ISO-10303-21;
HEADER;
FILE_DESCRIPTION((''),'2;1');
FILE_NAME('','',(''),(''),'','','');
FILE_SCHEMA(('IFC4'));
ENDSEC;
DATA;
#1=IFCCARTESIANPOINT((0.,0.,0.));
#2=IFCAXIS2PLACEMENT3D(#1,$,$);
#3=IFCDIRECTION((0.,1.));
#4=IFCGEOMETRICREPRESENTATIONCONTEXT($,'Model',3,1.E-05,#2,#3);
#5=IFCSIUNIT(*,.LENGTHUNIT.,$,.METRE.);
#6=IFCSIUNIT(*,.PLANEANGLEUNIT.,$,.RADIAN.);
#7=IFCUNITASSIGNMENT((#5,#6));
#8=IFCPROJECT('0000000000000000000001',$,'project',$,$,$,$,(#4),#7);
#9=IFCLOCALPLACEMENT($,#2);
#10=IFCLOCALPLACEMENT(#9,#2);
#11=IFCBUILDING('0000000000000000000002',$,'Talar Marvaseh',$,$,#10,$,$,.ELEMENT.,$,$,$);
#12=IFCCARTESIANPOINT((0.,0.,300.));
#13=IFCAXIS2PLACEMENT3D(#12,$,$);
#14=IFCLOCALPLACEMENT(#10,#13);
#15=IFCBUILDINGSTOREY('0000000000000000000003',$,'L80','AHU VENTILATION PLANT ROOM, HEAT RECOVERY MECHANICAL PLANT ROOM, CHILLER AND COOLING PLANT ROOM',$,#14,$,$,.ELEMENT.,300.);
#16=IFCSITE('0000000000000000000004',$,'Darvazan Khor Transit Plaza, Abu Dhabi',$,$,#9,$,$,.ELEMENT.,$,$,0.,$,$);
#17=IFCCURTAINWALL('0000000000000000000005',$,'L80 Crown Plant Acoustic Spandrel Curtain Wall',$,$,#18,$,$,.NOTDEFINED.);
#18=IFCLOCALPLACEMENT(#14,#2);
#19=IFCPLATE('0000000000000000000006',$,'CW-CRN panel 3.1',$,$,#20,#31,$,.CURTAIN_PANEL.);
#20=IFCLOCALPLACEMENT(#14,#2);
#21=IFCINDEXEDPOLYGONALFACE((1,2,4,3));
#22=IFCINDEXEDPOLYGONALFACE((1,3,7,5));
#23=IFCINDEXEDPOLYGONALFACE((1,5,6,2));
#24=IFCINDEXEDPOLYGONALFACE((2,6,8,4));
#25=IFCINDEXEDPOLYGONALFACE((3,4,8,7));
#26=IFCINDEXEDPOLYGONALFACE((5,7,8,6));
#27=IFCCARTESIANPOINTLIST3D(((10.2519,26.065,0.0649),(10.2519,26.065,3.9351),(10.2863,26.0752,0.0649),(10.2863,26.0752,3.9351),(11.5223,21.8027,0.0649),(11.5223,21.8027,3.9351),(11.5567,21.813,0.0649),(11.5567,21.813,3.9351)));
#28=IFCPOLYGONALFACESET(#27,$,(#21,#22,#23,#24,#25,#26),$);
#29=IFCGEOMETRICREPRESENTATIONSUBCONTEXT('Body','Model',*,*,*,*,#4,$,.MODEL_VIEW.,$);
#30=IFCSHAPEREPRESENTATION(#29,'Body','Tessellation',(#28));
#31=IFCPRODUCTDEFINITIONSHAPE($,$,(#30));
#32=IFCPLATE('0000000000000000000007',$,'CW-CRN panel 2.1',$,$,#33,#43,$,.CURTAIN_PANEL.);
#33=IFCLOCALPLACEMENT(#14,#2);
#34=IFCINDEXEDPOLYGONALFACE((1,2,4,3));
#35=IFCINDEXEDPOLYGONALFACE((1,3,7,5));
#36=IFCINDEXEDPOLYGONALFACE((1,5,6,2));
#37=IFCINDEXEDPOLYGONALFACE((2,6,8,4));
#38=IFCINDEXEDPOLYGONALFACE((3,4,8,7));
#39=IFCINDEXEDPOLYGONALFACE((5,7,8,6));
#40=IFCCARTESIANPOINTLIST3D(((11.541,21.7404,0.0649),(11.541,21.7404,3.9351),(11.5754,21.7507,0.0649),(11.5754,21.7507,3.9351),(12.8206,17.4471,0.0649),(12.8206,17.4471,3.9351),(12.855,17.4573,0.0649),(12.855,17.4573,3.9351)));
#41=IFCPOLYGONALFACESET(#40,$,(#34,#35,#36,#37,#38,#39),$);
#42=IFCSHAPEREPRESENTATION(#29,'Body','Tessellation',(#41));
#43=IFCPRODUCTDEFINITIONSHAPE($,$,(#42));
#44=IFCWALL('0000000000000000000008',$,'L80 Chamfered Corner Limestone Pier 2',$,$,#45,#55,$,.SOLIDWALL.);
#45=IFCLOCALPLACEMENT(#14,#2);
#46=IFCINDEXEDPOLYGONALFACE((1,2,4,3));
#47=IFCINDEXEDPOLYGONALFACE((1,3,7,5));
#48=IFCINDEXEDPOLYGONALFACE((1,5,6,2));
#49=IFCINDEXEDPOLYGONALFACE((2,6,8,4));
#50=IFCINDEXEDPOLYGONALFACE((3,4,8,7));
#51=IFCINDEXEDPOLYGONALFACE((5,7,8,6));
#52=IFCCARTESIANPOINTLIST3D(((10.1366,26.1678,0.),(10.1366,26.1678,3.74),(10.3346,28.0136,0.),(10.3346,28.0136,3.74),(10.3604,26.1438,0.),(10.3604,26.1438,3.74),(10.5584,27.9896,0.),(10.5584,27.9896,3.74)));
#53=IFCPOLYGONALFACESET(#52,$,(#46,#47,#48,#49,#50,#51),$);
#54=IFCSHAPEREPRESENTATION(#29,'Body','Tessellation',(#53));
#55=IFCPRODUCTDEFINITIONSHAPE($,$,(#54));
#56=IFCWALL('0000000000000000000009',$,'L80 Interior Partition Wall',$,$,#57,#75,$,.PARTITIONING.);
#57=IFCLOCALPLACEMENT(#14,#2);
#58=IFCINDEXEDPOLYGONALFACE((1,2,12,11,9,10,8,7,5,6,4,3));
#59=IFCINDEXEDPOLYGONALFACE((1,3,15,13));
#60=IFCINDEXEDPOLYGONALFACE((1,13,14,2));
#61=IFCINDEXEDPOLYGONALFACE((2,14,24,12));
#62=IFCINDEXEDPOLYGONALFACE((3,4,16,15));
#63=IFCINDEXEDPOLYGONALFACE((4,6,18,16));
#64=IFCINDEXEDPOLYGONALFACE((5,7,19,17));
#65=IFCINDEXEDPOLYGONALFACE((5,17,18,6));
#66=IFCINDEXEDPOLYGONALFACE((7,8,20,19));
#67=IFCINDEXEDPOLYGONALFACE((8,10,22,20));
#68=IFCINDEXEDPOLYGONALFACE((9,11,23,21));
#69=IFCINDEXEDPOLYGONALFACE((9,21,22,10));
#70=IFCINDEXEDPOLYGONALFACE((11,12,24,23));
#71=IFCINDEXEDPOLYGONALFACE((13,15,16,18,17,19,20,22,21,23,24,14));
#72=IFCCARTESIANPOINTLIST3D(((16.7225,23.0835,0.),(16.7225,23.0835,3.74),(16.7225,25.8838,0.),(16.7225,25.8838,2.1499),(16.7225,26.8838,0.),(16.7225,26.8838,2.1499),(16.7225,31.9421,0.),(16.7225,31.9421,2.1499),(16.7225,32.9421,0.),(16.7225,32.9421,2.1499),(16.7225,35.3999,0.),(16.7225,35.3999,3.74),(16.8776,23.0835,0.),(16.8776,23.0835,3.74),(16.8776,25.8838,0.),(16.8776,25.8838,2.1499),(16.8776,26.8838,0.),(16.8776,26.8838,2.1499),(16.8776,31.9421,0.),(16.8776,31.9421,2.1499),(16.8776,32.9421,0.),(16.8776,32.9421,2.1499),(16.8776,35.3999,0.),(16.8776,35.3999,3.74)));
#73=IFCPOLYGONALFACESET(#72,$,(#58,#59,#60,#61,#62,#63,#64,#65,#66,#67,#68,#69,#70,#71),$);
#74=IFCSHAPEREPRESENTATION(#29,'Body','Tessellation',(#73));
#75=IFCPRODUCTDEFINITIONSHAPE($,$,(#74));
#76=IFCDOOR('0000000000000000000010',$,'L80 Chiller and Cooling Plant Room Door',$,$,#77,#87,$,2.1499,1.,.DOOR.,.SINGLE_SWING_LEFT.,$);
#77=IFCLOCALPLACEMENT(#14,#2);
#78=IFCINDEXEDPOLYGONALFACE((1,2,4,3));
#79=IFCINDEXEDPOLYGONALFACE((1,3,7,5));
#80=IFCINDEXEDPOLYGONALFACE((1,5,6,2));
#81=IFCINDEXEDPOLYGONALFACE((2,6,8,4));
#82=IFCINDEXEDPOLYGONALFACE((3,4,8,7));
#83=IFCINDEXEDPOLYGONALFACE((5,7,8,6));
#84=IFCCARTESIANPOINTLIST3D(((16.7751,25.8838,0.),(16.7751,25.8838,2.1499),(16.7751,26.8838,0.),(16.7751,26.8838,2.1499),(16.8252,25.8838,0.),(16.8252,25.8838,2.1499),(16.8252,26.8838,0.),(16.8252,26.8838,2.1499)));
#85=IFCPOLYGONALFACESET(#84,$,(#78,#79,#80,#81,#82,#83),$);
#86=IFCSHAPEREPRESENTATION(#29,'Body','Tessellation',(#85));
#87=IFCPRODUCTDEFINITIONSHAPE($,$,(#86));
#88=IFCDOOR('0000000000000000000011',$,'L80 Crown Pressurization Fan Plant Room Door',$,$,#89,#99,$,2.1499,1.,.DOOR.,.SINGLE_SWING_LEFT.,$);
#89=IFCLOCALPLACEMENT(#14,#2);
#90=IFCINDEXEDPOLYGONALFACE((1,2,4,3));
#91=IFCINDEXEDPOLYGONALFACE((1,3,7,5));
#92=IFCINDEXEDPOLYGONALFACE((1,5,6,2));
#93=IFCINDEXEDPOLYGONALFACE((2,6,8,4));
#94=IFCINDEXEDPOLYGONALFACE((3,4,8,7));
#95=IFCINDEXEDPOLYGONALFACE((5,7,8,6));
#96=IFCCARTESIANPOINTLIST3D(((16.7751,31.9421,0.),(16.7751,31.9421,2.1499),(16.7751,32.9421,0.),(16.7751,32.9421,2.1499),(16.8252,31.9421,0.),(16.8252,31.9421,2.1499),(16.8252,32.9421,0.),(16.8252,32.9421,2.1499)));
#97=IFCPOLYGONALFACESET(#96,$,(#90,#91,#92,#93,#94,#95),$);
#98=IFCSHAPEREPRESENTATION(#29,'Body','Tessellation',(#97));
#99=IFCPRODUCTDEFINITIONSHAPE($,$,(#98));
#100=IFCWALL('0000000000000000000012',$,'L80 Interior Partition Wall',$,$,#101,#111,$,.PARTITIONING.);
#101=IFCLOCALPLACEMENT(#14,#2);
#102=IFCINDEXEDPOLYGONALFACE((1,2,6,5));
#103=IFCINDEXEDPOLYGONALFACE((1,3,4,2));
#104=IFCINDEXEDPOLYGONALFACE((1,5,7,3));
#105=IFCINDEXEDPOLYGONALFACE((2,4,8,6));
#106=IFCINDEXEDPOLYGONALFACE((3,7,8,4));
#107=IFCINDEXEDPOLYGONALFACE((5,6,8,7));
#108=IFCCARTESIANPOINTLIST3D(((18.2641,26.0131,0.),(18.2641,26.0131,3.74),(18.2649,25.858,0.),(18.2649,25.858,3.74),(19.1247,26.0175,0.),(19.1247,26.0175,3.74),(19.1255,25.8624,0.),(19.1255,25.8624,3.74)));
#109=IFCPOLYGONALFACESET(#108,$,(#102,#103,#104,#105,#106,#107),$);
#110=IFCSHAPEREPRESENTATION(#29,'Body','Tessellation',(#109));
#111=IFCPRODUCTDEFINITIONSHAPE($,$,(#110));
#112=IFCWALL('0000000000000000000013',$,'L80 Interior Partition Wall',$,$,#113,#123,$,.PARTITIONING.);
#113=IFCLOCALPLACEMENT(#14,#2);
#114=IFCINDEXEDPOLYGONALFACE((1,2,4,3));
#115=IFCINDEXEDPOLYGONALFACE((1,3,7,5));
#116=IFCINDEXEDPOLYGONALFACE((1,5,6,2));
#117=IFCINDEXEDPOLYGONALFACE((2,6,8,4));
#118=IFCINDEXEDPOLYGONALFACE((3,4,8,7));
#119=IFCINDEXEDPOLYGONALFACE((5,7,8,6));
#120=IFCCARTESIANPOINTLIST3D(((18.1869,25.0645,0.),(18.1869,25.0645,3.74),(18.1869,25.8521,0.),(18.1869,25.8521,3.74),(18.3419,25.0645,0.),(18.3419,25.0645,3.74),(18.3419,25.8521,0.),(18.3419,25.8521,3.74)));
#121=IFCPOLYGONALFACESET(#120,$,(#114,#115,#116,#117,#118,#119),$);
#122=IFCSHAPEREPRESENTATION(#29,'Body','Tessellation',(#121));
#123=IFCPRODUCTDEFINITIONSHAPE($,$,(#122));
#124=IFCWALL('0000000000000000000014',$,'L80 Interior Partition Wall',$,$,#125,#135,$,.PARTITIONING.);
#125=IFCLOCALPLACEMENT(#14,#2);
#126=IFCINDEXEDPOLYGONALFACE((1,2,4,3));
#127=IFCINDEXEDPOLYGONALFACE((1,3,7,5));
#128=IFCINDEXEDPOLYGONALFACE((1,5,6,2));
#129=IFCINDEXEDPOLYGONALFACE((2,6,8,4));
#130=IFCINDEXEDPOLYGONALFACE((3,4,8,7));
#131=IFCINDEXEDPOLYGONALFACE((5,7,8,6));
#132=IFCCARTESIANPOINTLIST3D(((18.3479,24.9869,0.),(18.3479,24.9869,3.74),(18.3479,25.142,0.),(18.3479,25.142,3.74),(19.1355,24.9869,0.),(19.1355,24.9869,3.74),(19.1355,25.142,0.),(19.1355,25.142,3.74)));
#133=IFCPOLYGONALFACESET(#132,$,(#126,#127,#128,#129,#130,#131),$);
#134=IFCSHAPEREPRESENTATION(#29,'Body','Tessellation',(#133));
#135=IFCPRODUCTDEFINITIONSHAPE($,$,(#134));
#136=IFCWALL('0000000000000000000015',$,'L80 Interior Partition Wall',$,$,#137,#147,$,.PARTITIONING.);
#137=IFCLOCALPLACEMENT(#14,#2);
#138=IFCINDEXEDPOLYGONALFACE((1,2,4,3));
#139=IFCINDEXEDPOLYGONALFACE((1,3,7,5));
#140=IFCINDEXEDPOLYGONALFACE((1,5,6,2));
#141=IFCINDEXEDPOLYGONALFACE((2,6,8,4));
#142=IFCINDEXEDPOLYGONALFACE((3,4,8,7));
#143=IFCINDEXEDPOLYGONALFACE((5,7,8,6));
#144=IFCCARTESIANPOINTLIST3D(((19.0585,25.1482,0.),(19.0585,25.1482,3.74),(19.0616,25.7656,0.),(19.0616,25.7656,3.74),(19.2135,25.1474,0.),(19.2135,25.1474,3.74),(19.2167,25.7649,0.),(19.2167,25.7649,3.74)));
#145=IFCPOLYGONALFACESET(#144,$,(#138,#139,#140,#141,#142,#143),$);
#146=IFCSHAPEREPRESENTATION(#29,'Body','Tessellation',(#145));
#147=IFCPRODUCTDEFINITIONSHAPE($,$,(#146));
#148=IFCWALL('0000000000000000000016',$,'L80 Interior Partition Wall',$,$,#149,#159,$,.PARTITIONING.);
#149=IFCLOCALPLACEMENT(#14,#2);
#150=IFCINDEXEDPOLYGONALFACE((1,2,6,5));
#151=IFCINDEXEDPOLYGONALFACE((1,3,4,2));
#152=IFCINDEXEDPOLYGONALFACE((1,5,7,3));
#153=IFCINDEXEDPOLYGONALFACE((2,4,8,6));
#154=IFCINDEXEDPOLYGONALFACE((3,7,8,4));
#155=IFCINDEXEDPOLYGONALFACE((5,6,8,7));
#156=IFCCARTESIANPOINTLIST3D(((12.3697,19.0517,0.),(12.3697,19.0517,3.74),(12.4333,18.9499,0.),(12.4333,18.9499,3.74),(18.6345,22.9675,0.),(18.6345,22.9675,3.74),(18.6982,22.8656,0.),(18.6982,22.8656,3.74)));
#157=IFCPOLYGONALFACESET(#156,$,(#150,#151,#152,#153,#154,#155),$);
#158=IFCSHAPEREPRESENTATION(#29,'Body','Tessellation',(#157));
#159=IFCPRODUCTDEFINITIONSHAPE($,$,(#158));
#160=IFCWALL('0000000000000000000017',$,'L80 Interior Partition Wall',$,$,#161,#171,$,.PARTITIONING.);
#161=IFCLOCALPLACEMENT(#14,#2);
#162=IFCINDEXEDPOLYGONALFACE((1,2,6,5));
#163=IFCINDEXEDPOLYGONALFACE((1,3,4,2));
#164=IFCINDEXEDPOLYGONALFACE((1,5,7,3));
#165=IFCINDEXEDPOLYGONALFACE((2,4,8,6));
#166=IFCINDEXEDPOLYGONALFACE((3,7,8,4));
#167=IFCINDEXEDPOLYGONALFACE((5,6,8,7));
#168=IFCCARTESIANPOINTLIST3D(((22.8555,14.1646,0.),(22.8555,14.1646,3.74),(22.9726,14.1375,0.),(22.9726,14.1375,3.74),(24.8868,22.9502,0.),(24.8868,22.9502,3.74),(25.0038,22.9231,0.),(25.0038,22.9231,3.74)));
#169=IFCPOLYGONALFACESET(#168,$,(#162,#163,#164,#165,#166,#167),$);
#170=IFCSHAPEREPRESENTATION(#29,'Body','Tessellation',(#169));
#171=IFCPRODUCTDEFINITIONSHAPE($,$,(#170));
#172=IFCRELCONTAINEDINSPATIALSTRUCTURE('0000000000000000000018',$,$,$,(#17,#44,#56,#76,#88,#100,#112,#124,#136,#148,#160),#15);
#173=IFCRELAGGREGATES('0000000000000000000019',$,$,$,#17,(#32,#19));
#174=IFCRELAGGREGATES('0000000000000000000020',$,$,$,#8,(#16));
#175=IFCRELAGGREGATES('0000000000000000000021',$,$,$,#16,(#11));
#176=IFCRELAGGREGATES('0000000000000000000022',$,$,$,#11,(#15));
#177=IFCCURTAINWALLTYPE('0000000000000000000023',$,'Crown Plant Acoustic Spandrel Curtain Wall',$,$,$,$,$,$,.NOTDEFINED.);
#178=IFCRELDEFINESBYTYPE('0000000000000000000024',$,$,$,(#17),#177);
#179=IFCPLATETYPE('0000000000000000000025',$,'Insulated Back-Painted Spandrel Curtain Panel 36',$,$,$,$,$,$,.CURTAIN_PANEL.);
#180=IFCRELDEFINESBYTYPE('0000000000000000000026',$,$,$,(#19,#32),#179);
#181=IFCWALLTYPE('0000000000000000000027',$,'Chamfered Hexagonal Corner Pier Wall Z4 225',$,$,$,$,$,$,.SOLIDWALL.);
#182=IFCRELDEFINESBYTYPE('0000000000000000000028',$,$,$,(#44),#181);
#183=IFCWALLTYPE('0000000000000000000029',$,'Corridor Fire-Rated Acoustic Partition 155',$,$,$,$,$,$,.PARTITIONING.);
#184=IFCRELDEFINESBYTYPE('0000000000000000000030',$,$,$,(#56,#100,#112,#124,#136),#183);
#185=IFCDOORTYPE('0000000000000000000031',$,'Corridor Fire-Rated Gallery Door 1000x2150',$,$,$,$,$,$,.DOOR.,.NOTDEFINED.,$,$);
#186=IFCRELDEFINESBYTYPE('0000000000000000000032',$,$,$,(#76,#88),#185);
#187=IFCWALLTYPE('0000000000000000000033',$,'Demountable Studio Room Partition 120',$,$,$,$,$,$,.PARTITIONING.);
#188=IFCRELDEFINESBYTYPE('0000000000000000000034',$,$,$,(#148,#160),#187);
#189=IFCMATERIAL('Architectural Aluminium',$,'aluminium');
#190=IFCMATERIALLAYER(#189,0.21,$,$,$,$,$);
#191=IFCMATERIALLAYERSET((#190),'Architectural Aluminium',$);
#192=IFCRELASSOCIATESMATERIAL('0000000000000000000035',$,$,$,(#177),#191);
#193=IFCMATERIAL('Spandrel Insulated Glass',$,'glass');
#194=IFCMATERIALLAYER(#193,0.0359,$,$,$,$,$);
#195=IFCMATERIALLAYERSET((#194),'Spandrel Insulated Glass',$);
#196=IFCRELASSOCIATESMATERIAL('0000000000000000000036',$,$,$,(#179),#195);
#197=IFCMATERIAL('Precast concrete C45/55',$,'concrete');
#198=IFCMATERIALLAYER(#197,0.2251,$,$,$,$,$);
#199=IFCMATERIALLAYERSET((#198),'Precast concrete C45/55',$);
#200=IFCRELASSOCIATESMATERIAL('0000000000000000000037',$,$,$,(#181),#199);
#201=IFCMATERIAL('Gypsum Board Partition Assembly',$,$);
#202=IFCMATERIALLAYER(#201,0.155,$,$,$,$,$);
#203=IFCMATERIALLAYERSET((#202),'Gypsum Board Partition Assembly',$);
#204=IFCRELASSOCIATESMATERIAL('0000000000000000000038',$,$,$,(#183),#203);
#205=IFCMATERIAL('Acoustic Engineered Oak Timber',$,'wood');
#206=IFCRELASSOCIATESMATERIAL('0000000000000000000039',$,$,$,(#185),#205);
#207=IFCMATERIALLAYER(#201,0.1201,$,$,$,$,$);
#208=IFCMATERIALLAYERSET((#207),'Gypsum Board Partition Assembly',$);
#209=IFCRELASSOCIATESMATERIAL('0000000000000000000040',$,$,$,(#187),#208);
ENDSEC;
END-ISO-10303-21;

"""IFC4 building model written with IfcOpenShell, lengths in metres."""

from ifc_helpers import new_model, si_unit, direction, frame, frame_2d, origin, origin_2d, place, context, subcontext, project, spatial, rectangle, extrude, source, transform, mapped, material, layer, layer_set, type_object, type_shapes, element, fill, aggregate, save


model = new_model("IFC4")

# Units and contexts
model_context = context("Model", 3, precision=1e-05, world=origin(), true_north=direction((0.0, 1.0)))
body_context = subcontext(model_context, "Body", "Model", "MODEL_VIEW")
ifc_project = project(units=[si_unit("LENGTHUNIT", "METRE"), si_unit("PLANEANGLEUNIT", "RADIAN")], contexts=[model_context])

# Site, building, storey
site_placement = place(None, origin())
site = spatial("IfcSite", under=ifc_project, at=site_placement, Name="Darvazan Khor Transit Plaza, Abu Dhabi", CompositionType="ELEMENT", RefElevation=0.0)
building_placement = place(site_placement, origin())
building = spatial("IfcBuilding", under=site, at=building_placement, Name="Talar Marvaseh", CompositionType="ELEMENT")
storey_placement = place(building_placement, frame((0.0, 0.0, 300.0)))
storey = spatial("IfcBuildingStorey", under=building, at=storey_placement, Name="L80", Description="AHU VENTILATION PLANT ROOM, HEAT RECOVERY MECHANICAL PLANT ROOM, CHILLER AND COOLING PLANT ROOM", CompositionType="ELEMENT", Elevation=300.0)

# Curtain wall
ifc_material_1 = material(Name="Architectural Aluminium", Category="aluminium")
ifc_layer_1 = layer(ifc_material_1, 0.21)
ifc_layer_set_1 = layer_set([ifc_layer_1], Name="Architectural Aluminium")
curtain_wall_type = type_object("IfcCurtainWallType", Name="Crown Plant Acoustic Spandrel Curtain Wall", PredefinedType="NOTDEFINED", material=ifc_layer_set_1)
curtain_wall_placement = place(storey_placement, origin())
curtain_wall = element("IfcCurtainWall", 1, at=curtain_wall_placement, inside=storey, type_object=curtain_wall_type, Name="L80 Crown Plant Acoustic Spandrel Curtain Wall", PredefinedType="NOTDEFINED")

# Plates
ifc_material_2 = material(Name="Spandrel Insulated Glass", Category="glass")
ifc_layer_2 = layer(ifc_material_2, 0.0359)
ifc_layer_set_2 = layer_set([ifc_layer_2], Name="Spandrel Insulated Glass")
plate_type_1 = type_object("IfcPlateType", Name="Insulated Back-Painted Spandrel Curtain Panel 36", PredefinedType="CURTAIN_PANEL", material=ifc_layer_set_2)
shared_shape_1 = source(origin(), body_context, "Body", "SweptSolid", [
    extrude(rectangle(XDim=4.4475, YDim=0.0359, at=origin_2d()), origin(), (0.0, 0.0, 1.0), 3.8701),
])
plate_1_placement = place(storey_placement, frame((10.9043, 23.939, 0.0649), z_axis=(0.0, 0.0, 1.0), x_axis=(-0.285624, 0.958342, 0.0)))
plate_1 = element("IfcPlate", 2, at=plate_1_placement, type_object=plate_type_1, Name="CW-CRN panel 3.1", PredefinedType="CURTAIN_PANEL", context=body_context, shape_type="MappedRepresentation", body=[
    mapped(shared_shape_1, transform((0.0, 0.0, 0.0), x_axis=(1.0, 0.0, 0.0), y_axis=(0.0, 1.0, 0.0), z_axis=(0.0, 0.0, 1.0), scale=1.0)),
])
shared_shape_2 = source(origin(), body_context, "Body", "SweptSolid", [
    extrude(rectangle(XDim=4.48, YDim=0.0359, at=origin_2d()), origin(), (0.0, 0.0, 1.0), 3.8701),
])
type_shapes(plate_type_1, [shared_shape_1, shared_shape_2])
plate_2_placement = place(storey_placement, frame((12.198, 19.5989, 0.0649), z_axis=(0.0, 0.0, 1.0), x_axis=(-0.285624, 0.958342, 0.0)))
plate_2 = element("IfcPlate", 3, at=plate_2_placement, type_object=plate_type_1, Name="CW-CRN panel 2.1", PredefinedType="CURTAIN_PANEL", context=body_context, shape_type="MappedRepresentation", body=[
    mapped(shared_shape_2, transform((0.0, 0.0, 0.0), x_axis=(1.0, 0.0, 0.0), y_axis=(0.0, 1.0, 0.0), z_axis=(0.0, 0.0, 1.0), scale=1.0)),
])
aggregate(curtain_wall, [plate_2, plate_1])

# Wall
ifc_material_3 = material(Name="Precast concrete C45/55", Category="concrete")
ifc_layer_3 = layer(ifc_material_3, 0.2251)
ifc_layer_set_3 = layer_set([ifc_layer_3], Name="Precast concrete C45/55")
wall_type_1 = type_object("IfcWallType", Name="Chamfered Hexagonal Corner Pier Wall Z4 225", PredefinedType="SOLIDWALL", material=ifc_layer_set_3)
wall_1_placement = place(storey_placement, frame((10.2485, 26.1558, 0.0), z_axis=(0.0, 0.0, 1.0), x_axis=(0.106649, 0.994297, 0.0)))
element("IfcWall", 4, at=wall_1_placement, inside=storey, type_object=wall_type_1, Name="L80 Chamfered Corner Limestone Pier 2", PredefinedType="SOLIDWALL", context=body_context, shape_type="SweptSolid", body=[
    extrude(rectangle(XDim=1.8564, YDim=0.2251, at=frame_2d((0.9282, 0.0))), origin(), (0.0, 0.0, 1.0), 3.74),
])

# Wall, openings, doors
ifc_material_4 = material(Name="Gypsum Board Partition Assembly")
ifc_layer_4 = layer(ifc_material_4, 0.155)
ifc_layer_set_4 = layer_set([ifc_layer_4], Name="Gypsum Board Partition Assembly")
wall_type_2 = type_object("IfcWallType", Name="Corridor Fire-Rated Acoustic Partition 155", PredefinedType="PARTITIONING", material=ifc_layer_set_4)
wall_2_placement = place(storey_placement, frame((16.8, 23.0835, 0.0), z_axis=(0.0, 0.0, 1.0), x_axis=(0.0, 1.0, 0.0)))
wall_2 = element("IfcWall", 5, at=wall_2_placement, inside=storey, type_object=wall_type_2, Name="L80 Interior Partition Wall", PredefinedType="PARTITIONING", context=body_context, shape_type="SweptSolid", body=[
    extrude(rectangle(XDim=12.3164, YDim=0.155, at=frame_2d((6.1582, 0.0))), origin(), (0.0, 0.0, 1.0), 3.74),
])
opening_1_placement = place(wall_2_placement, frame((2.8003, 0.0, 0.0)))
opening_1 = element("IfcOpeningElement", 6, at=opening_1_placement, cuts=wall_2, PredefinedType="OPENING", context=body_context, shape_type="SweptSolid", body=[
    extrude(rectangle(XDim=1.0, YDim=2.1499, at=frame_2d((0.5, 1.075))), frame((0.0, 0.0874, 0.0), z_axis=(0.0, -1.0, 0.0), x_axis=(1.0, 0.0, 0.0)), (0.0, 0.0, 1.0), 0.175),
])
opening_2_placement = place(wall_2_placement, frame((8.8586, 0.0, 0.0)))
opening_2 = element("IfcOpeningElement", 7, at=opening_2_placement, cuts=wall_2, PredefinedType="OPENING", context=body_context, shape_type="SweptSolid", body=[
    extrude(rectangle(XDim=1.0, YDim=2.1499, at=frame_2d((0.5, 1.075))), frame((0.0, 0.0874, 0.0), z_axis=(0.0, -1.0, 0.0), x_axis=(1.0, 0.0, 0.0)), (0.0, 0.0, 1.0), 0.175),
])
ifc_material_5 = material(Name="Acoustic Engineered Oak Timber", Category="wood")
door_type_1 = type_object("IfcDoorType", Name="Corridor Fire-Rated Gallery Door 1000x2150", OperationType="NOTDEFINED", PredefinedType="DOOR", material=ifc_material_5)
shared_shape_3 = source(origin(), body_context, "Body", "SweptSolid", [
    extrude(rectangle(XDim=1.0, YDim=2.1499, at=frame_2d((0.5, 1.075))), frame((0.0, 0.0249, 0.0), z_axis=(0.0, -1.0, 0.0), x_axis=(1.0, 0.0, 0.0)), (0.0, 0.0, 1.0), 0.05),
])
type_shapes(door_type_1, [shared_shape_3])
door_1_placement = place(opening_1_placement, origin())
door_1 = element("IfcDoor", 8, at=door_1_placement, inside=storey, type_object=door_type_1, Name="L80 Chiller and Cooling Plant Room Door", OperationType="SINGLE_SWING_LEFT", OverallHeight=2.1499, OverallWidth=1.0, PredefinedType="DOOR", context=body_context, shape_type="MappedRepresentation", body=[
    mapped(shared_shape_3, transform((0.0, 0.0, 0.0), x_axis=(1.0, 0.0, 0.0), y_axis=(0.0, 1.0, 0.0), z_axis=(0.0, 0.0, 1.0), scale=1.0)),
])
fill(opening_1, door_1)
door_2_placement = place(opening_2_placement, origin())
door_2 = element("IfcDoor", 9, at=door_2_placement, inside=storey, type_object=door_type_1, Name="L80 Crown Pressurization Fan Plant Room Door", OperationType="SINGLE_SWING_LEFT", OverallHeight=2.1499, OverallWidth=1.0, PredefinedType="DOOR", context=body_context, shape_type="MappedRepresentation", body=[
    mapped(shared_shape_3, transform((0.0, 0.0, 0.0), x_axis=(1.0, 0.0, 0.0), y_axis=(0.0, 1.0, 0.0), z_axis=(0.0, 0.0, 1.0), scale=1.0)),
])
fill(opening_2, door_2)

# Walls
wall_3_placement = place(storey_placement, frame((19.125, 25.9399, 0.0), z_axis=(0.0, 0.0, 1.0), x_axis=(-0.999987, -0.005106, 0.0)))
element("IfcWall", 10, at=wall_3_placement, inside=storey, type_object=wall_type_2, Name="L80 Interior Partition Wall", PredefinedType="PARTITIONING", context=body_context, shape_type="SweptSolid", body=[
    extrude(rectangle(XDim=0.8606, YDim=0.155, at=frame_2d((0.4302, 0.0))), origin(), (0.0, 0.0, 1.0), 3.74),
])
for number, where, z_axis, x_axis, name in (
    (11, (18.2644, 25.8521, 0.0), (0.0, 0.0, 1.0), (0.0, -1.0, 0.0), "L80 Interior Partition Wall"),
    (12, (18.3479, 25.0645, 0.0), (0.0, 0.0, 1.0), (1.0, 0.0, 0.0), "L80 Interior Partition Wall"),
):
    element("IfcWall", number, at=place(storey_placement, frame(where, z_axis=z_axis, x_axis=x_axis)), inside=storey, type_object=wall_type_2, Name=name, PredefinedType="PARTITIONING", context=body_context, shape_type="SweptSolid", body=[
        extrude(rectangle(XDim=0.7876, YDim=0.155, at=frame_2d((0.3938, 0.0))), origin(), (0.0, 0.0, 1.0), 3.74),
    ])
wall_4_placement = place(storey_placement, frame((19.136, 25.1479, 0.0), z_axis=(0.0, 0.0, 1.0), x_axis=(0.00514, 0.999987, 0.0)))
element("IfcWall", 13, at=wall_4_placement, inside=storey, type_object=wall_type_2, Name="L80 Interior Partition Wall", PredefinedType="PARTITIONING", context=body_context, shape_type="SweptSolid", body=[
    extrude(rectangle(XDim=0.6174, YDim=0.155, at=frame_2d((0.3086, 0.0))), origin(), (0.0, 0.0, 1.0), 3.74),
])
ifc_layer_5 = layer(ifc_material_4, 0.1201)
ifc_layer_set_5 = layer_set([ifc_layer_5], Name="Gypsum Board Partition Assembly")
wall_type_3 = type_object("IfcWallType", Name="Demountable Studio Room Partition 120", PredefinedType="PARTITIONING", material=ifc_layer_set_5)
wall_5_placement = place(storey_placement, frame((18.6663, 22.9165, 0.0), z_axis=(0.0, 0.0, 1.0), x_axis=(-0.847985, -0.53002, 0.0)))
element("IfcWall", 14, at=wall_5_placement, inside=storey, type_object=wall_type_3, Name="L80 Interior Partition Wall", PredefinedType="PARTITIONING", context=body_context, shape_type="SweptSolid", body=[
    extrude(rectangle(XDim=7.3879, YDim=0.1201, at=frame_2d((3.6938, 0.0))), origin(), (0.0, 0.0, 1.0), 3.74),
])
wall_6_placement = place(storey_placement, frame((24.9453, 22.9368, 0.0), z_axis=(0.0, 0.0, 1.0), x_axis=(-0.225259, -0.974299, 0.0)))
element("IfcWall", 15, at=wall_6_placement, inside=storey, type_object=wall_type_3, Name="L80 Interior Partition Wall", PredefinedType="PARTITIONING", context=body_context, shape_type="SweptSolid", body=[
    extrude(rectangle(XDim=9.0173, YDim=0.1201, at=frame_2d((4.5088, 0.0))), origin(), (0.0, 0.0, 1.0), 3.74),
])

save(model, "model.ifc")
